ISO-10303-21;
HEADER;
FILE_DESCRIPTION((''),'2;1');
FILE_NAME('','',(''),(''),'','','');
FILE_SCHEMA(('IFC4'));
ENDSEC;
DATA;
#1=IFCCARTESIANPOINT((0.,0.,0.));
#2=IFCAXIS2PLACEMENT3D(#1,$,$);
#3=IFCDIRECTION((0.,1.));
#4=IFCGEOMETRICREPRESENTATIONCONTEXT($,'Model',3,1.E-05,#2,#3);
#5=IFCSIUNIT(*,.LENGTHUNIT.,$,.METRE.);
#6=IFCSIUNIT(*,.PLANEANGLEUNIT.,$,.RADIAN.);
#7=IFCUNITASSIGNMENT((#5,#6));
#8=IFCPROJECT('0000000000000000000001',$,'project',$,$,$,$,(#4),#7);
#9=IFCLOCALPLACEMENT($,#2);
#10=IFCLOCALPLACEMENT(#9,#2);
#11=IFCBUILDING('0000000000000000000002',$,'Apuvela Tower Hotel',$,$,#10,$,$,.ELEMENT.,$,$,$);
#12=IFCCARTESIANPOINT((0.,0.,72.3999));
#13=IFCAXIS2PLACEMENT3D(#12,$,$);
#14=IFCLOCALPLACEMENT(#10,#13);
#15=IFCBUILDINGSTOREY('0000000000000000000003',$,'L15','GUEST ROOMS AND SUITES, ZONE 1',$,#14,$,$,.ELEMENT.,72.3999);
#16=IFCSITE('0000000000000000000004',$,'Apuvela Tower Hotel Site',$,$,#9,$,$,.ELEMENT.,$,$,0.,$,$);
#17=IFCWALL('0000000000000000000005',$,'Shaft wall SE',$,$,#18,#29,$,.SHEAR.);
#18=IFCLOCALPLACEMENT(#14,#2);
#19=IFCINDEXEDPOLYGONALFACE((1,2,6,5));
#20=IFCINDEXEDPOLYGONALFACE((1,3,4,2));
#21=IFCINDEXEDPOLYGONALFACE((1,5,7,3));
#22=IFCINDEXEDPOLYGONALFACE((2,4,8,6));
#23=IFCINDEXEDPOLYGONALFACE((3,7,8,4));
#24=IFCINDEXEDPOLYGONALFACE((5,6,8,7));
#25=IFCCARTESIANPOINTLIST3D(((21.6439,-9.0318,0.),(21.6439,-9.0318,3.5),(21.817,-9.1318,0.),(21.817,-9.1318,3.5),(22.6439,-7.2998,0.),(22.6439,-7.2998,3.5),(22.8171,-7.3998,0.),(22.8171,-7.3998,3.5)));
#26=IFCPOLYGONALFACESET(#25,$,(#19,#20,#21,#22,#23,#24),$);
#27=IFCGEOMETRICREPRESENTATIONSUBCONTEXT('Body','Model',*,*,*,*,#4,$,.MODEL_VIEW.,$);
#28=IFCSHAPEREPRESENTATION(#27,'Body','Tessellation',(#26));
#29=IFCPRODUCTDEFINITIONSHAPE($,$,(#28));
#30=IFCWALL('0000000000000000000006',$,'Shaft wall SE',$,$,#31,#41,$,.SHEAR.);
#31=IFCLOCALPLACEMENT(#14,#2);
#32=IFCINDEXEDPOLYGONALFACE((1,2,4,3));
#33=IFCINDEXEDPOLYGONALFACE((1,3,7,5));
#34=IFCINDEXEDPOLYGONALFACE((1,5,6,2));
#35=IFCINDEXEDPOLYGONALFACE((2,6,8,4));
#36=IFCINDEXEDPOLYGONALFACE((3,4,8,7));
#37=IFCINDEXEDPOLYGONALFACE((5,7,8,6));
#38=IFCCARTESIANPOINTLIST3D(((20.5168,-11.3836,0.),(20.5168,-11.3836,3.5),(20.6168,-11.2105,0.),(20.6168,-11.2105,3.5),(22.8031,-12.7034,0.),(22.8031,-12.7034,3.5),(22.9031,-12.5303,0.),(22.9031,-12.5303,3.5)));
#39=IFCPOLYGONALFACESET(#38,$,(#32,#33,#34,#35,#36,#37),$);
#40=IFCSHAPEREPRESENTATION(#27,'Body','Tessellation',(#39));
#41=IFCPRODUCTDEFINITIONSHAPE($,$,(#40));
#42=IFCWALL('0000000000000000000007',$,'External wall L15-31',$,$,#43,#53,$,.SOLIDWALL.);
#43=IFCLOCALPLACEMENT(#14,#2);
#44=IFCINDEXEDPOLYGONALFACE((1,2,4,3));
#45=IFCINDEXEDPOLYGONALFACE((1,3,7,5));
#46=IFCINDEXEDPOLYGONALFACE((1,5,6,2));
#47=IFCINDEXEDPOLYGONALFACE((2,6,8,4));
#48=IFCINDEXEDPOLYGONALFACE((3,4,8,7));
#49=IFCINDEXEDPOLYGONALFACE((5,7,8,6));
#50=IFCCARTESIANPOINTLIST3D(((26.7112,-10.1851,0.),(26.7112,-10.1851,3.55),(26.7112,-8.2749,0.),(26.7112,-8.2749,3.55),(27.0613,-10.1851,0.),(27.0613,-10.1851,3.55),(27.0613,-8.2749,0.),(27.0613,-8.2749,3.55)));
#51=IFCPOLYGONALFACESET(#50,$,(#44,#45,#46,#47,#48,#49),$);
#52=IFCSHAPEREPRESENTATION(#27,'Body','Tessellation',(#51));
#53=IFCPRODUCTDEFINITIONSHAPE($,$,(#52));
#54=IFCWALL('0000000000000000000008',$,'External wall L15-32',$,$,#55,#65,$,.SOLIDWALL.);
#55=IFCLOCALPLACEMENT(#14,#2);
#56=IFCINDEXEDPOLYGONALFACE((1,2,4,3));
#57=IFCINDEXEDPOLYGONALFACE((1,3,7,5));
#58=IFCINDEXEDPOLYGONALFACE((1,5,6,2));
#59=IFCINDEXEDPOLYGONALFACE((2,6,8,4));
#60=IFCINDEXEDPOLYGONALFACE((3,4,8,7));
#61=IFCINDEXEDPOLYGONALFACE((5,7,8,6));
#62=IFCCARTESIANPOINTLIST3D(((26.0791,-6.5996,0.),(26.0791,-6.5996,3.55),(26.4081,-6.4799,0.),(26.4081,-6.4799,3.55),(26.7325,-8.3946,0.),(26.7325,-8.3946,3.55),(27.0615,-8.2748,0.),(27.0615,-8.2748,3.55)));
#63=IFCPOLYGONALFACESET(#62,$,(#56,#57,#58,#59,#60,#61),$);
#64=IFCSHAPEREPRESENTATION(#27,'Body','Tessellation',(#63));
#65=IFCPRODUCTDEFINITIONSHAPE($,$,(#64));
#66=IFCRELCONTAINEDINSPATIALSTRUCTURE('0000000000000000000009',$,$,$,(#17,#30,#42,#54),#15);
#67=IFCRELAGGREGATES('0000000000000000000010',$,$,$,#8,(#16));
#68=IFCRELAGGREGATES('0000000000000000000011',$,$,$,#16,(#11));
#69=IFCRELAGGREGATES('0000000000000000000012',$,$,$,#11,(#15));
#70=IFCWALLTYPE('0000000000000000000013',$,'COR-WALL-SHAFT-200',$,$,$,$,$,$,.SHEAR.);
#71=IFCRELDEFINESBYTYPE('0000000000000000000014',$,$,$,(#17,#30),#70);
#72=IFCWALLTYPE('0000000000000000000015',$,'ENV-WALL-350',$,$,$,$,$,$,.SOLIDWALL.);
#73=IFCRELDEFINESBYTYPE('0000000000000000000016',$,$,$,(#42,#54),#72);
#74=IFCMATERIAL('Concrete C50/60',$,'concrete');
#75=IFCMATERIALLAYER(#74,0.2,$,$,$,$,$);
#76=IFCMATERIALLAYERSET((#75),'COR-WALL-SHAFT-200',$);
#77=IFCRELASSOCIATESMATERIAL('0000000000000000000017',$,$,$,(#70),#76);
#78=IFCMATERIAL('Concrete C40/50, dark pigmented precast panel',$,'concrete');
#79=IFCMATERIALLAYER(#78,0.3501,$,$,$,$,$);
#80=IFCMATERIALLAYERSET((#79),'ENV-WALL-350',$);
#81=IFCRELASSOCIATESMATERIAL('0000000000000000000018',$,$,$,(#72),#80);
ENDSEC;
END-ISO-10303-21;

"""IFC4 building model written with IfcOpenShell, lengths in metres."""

from ifc_helpers import new_model, si_unit, direction, frame, frame_2d, origin, place, context, subcontext, project, spatial, rectangle, extrude, material, layer, layer_set, type_object, element, save


model = new_model("IFC4")

# Units and contexts
model_context = context("Model", 3, precision=1e-05, world=origin(), true_north=direction((0.0, 1.0)))
body_context = subcontext(model_context, "Body", "Model", "MODEL_VIEW")
ifc_project = project(units=[si_unit("LENGTHUNIT", "METRE"), si_unit("PLANEANGLEUNIT", "RADIAN")], contexts=[model_context])

# Site, building, storey
site_placement = place(None, origin())
site = spatial("IfcSite", under=ifc_project, at=site_placement, Name="Apuvela Tower Hotel Site", CompositionType="ELEMENT", RefElevation=0.0)
building_placement = place(site_placement, origin())
building = spatial("IfcBuilding", under=site, at=building_placement, Name="Apuvela Tower Hotel", CompositionType="ELEMENT")
storey_placement = place(building_placement, frame((0.0, 0.0, 72.3999)))
storey = spatial("IfcBuildingStorey", under=building, at=storey_placement, Name="L15", Description="GUEST ROOMS AND SUITES, ZONE 1", CompositionType="ELEMENT", Elevation=72.3999)

# Walls
ifc_material_1 = material(Name="Concrete C50/60", Category="concrete")
ifc_layer_1 = layer(ifc_material_1, 0.2)
ifc_layer_set_1 = layer_set([ifc_layer_1], Name="COR-WALL-SHAFT-200")
wall_type_1 = type_object("IfcWallType", Name="COR-WALL-SHAFT-200", PredefinedType="SHEAR", material=ifc_layer_set_1)
for number, where, z_axis, x_axis, name in (
    (1, (21.7305, -9.0818, 0.0), (0.0, 0.0, 1.0), (0.500025, 0.866011, 0.0), "Shaft wall SE"),
):
    element("IfcWall", number, at=place(storey_placement, frame(where, z_axis=z_axis, x_axis=x_axis)), inside=storey, type_object=wall_type_1, Name=name, PredefinedType="SHEAR", context=body_context, shape_type="SweptSolid", body=[
        extrude(rectangle(XDim=2.0, YDim=0.2, at=frame_2d((1.0, 0.0))), origin(), (0.0, 0.0, 1.0), 3.5),
    ])
wall_1_placement = place(storey_placement, frame((20.5669, -11.2971, 0.0), z_axis=(0.0, 0.0, 1.0), x_axis=(0.866061, -0.499939, 0.0)))
element("IfcWall", 2, at=wall_1_placement, inside=storey, type_object=wall_type_1, Name="Shaft wall SE", PredefinedType="SHEAR", context=body_context, shape_type="SweptSolid", body=[
    extrude(rectangle(XDim=2.6399, YDim=0.2, at=frame_2d((1.3198, 0.0))), origin(), (0.0, 0.0, 1.0), 3.5),
])
ifc_material_2 = material(Name="Concrete C40/50, dark pigmented precast panel", Category="concrete")
ifc_layer_2 = layer(ifc_material_2, 0.3501)
ifc_layer_set_2 = layer_set([ifc_layer_2], Name="ENV-WALL-350")
wall_type_2 = type_object("IfcWallType", Name="ENV-WALL-350", PredefinedType="SOLIDWALL", material=ifc_layer_set_2)
for number, where, z_axis, x_axis, name in (
    (3, (26.8862, -10.1851, 0.0), (0.0, 0.0, 1.0), (0.0, 1.0, 0.0), "External wall L15-31"),
    (4, (26.897, -8.3347, 0.0), (0.0, 0.0, 1.0), (-0.34203, 0.939689, 0.0), "External wall L15-32"),
):
    element("IfcWall", number, at=place(storey_placement, frame(where, z_axis=z_axis, x_axis=x_axis)), inside=storey, type_object=wall_type_2, Name=name, PredefinedType="SOLIDWALL", context=body_context, shape_type="SweptSolid", body=[
        extrude(rectangle(XDim=1.9102, YDim=0.3501, at=frame_2d((0.9551, 0.0))), origin(), (0.0, 0.0, 1.0), 3.55),
    ])

save(model, "model.ifc")
